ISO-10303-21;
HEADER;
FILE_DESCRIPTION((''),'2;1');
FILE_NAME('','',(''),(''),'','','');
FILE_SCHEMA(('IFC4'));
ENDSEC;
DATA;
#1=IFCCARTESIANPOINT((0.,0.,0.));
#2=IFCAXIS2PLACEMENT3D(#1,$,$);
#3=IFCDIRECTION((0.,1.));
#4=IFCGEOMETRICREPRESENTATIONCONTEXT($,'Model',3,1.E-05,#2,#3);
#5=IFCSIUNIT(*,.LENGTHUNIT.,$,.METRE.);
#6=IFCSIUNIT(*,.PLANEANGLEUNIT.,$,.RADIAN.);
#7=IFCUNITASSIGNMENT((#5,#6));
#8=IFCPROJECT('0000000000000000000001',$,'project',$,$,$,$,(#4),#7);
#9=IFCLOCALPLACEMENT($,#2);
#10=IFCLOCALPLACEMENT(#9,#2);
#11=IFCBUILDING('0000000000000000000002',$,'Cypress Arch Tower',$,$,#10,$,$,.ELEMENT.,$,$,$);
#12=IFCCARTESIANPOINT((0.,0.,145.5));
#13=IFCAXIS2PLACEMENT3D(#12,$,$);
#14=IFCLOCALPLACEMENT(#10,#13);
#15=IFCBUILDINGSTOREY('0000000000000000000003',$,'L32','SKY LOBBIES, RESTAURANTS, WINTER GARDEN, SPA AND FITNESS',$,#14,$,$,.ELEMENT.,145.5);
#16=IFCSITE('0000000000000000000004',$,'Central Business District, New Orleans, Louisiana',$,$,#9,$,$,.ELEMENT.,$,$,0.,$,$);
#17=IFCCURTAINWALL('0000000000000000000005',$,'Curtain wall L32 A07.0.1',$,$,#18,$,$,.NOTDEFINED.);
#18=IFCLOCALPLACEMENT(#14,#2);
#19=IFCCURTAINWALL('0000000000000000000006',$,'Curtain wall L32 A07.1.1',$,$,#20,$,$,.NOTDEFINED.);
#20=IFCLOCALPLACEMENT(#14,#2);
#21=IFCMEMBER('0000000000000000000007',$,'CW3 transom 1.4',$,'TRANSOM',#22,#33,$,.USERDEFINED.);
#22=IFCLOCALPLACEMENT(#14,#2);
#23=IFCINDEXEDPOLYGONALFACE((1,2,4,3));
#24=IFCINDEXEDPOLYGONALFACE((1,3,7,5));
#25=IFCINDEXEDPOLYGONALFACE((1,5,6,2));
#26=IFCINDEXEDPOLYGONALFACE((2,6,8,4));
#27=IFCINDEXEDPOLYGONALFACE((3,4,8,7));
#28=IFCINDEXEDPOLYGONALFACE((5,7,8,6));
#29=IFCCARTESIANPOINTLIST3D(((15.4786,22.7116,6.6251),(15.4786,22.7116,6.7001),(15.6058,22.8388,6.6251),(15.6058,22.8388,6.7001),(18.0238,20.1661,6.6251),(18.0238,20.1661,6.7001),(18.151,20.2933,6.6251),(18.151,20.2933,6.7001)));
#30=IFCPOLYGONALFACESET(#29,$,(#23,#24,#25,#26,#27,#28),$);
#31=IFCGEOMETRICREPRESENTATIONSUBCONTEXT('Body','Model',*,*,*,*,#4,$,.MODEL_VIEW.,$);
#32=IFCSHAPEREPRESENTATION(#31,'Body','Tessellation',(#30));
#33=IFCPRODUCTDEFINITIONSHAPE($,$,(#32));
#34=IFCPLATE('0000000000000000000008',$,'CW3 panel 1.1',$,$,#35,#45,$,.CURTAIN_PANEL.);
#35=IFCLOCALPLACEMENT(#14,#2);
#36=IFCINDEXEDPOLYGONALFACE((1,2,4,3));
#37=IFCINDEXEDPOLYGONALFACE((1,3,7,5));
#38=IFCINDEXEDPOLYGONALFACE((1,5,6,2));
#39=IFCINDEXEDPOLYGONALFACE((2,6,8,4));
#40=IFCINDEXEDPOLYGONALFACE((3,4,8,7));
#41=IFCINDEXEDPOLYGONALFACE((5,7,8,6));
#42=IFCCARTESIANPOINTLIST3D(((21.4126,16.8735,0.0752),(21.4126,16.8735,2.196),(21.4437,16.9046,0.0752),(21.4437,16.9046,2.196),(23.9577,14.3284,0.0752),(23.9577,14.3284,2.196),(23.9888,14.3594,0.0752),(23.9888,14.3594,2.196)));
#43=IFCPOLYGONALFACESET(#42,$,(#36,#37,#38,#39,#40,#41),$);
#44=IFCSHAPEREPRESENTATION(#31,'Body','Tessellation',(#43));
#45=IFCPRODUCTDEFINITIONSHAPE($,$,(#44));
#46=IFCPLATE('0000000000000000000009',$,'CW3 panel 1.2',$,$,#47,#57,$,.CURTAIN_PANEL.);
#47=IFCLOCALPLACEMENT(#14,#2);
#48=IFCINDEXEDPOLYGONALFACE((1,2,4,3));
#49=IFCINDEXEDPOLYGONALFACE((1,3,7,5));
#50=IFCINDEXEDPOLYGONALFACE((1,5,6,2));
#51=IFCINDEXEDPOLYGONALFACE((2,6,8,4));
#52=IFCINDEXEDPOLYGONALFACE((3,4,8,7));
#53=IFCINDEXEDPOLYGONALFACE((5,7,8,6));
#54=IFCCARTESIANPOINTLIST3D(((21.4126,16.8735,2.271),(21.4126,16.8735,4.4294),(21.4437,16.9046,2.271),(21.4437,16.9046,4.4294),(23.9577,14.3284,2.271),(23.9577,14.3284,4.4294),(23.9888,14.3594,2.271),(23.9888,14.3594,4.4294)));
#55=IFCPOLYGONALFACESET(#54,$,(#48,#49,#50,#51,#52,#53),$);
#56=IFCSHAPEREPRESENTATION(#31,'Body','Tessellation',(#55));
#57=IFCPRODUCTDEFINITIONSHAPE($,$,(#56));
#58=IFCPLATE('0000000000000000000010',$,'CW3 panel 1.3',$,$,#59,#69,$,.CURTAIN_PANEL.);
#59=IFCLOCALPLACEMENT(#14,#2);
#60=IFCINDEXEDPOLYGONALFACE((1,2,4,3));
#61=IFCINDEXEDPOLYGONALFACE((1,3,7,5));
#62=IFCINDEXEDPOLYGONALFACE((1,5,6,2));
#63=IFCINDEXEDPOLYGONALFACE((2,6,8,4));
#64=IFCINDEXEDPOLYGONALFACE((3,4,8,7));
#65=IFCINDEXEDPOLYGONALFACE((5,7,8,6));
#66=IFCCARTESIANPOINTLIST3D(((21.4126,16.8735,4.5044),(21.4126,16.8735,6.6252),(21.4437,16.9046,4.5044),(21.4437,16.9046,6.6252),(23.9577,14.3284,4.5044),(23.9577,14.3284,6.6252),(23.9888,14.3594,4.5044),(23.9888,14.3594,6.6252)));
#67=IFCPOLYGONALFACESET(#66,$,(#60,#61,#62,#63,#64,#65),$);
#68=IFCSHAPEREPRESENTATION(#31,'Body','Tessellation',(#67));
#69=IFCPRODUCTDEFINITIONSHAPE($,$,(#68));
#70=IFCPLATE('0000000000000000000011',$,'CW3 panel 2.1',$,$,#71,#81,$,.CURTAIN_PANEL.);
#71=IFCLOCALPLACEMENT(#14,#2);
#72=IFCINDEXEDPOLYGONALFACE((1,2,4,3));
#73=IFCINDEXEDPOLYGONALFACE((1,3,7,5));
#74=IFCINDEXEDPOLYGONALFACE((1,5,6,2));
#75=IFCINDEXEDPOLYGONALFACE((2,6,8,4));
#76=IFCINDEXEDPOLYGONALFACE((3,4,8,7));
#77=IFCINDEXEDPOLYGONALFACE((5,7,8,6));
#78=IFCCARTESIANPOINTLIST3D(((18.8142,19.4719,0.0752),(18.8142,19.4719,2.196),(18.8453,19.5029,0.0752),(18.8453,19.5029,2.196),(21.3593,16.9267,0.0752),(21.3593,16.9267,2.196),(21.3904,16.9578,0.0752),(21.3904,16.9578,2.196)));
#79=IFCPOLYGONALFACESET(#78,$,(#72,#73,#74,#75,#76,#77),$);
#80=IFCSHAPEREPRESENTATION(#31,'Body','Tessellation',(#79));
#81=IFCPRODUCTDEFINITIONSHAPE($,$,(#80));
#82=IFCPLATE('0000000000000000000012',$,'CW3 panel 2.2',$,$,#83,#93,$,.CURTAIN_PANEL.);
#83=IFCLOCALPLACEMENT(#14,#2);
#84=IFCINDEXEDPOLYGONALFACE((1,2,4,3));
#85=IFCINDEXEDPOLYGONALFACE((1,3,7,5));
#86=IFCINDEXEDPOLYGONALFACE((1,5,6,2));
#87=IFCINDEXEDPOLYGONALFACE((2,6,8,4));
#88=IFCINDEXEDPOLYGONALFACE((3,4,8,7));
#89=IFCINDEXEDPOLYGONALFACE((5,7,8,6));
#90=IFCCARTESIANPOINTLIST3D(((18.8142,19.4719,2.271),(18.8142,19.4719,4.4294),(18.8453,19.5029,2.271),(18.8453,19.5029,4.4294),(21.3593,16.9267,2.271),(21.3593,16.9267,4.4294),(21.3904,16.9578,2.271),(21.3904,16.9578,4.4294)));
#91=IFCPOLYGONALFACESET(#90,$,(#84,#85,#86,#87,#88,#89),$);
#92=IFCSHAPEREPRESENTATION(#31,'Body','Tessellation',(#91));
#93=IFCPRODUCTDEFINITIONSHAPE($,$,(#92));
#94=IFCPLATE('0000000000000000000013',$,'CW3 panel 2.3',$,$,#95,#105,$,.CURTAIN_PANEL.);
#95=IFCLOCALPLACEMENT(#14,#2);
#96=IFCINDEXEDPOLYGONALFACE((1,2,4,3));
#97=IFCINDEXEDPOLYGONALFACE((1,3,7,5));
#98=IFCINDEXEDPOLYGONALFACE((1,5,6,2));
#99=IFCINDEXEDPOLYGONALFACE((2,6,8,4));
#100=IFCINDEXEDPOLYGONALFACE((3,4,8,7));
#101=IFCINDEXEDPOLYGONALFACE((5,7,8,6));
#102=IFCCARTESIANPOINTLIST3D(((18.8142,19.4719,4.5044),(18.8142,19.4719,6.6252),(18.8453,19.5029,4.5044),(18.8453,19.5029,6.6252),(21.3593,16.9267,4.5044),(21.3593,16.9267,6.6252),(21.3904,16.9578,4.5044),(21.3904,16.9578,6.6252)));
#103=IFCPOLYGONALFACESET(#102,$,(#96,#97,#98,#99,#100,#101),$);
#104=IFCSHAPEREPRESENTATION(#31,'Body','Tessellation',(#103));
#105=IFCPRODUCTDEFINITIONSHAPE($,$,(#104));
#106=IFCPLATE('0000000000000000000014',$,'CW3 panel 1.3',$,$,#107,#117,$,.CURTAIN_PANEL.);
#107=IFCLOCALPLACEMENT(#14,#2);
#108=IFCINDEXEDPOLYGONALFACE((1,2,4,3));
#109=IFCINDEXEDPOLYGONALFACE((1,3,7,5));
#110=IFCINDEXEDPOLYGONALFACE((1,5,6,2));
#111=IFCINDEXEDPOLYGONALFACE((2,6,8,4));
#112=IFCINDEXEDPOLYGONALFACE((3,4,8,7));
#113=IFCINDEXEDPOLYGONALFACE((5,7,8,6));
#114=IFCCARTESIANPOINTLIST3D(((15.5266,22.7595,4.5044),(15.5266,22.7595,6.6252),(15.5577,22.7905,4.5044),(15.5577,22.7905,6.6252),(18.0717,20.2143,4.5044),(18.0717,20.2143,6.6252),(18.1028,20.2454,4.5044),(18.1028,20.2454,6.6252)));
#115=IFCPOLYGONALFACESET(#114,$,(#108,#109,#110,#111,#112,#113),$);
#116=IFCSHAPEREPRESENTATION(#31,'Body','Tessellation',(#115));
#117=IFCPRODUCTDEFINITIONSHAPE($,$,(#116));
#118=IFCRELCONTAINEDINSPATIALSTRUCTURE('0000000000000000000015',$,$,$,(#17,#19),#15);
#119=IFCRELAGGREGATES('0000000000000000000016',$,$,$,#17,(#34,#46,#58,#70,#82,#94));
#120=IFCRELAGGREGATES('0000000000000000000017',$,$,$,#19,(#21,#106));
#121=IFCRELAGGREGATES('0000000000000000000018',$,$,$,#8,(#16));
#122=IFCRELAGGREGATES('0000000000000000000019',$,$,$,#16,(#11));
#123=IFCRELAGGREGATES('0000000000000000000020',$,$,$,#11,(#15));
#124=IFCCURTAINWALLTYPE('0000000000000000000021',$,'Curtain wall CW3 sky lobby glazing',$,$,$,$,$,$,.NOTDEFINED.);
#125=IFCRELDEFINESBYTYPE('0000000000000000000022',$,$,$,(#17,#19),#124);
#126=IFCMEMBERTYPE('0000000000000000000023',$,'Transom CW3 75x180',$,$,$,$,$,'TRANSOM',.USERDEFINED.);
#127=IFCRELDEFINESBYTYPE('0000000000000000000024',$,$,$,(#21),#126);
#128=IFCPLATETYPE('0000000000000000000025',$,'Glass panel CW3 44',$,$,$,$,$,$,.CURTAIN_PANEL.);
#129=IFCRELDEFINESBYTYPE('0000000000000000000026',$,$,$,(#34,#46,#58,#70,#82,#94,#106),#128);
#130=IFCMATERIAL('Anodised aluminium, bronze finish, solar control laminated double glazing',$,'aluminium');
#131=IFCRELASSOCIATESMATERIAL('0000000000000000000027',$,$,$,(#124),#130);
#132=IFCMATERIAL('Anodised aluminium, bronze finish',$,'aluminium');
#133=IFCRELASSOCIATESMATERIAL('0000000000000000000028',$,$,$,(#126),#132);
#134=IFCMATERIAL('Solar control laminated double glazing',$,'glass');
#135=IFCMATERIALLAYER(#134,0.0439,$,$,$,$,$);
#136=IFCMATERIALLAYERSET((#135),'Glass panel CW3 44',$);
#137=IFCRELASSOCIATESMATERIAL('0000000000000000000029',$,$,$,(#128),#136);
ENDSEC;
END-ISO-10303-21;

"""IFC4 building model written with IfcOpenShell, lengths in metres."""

from ifc_helpers import new_model, si_unit, direction, frame, origin, origin_2d, place, context, subcontext, project, spatial, rectangle, extrude, material, layer, layer_set, material_profile, profile_set, type_object, element, aggregate, save


model = new_model("IFC4")

# Units and contexts
model_context = context("Model", 3, precision=1e-05, world=origin(), true_north=direction((0.0, 1.0)))
body_context = subcontext(model_context, "Body", "Model", "MODEL_VIEW")
ifc_project = project(units=[si_unit("LENGTHUNIT", "METRE"), si_unit("PLANEANGLEUNIT", "RADIAN")], contexts=[model_context])

# Site, building, storey
site_placement = place(None, origin())
site = spatial("IfcSite", under=ifc_project, at=site_placement, Name="Central Business District, New Orleans, Louisiana", CompositionType="ELEMENT", RefElevation=0.0)
building_placement = place(site_placement, origin())
building = spatial("IfcBuilding", under=site, at=building_placement, Name="Cypress Arch Tower", CompositionType="ELEMENT")
storey_placement = place(building_placement, frame((0.0, 0.0, 145.5)))
storey = spatial("IfcBuildingStorey", under=building, at=storey_placement, Name="L32", Description="SKY LOBBIES, RESTAURANTS, WINTER GARDEN, SPA AND FITNESS", CompositionType="ELEMENT", Elevation=145.5)

# Curtain wall
ifc_material_1 = material(Name="Anodised aluminium, bronze finish, solar control laminated double glazing", Category="aluminium")
curtain_wall_type = type_object("IfcCurtainWallType", Name="Curtain wall CW3 sky lobby glazing", PredefinedType="NOTDEFINED", material=ifc_material_1)
curtain_wall_1_placement = place(storey_placement, origin())
curtain_wall_1 = element("IfcCurtainWall", 1, at=curtain_wall_1_placement, inside=storey, type_object=curtain_wall_type, Name="Curtain wall L32 A07.0.1", PredefinedType="NOTDEFINED")

# Curtain wall
curtain_wall_2_placement = place(storey_placement, origin())
curtain_wall_2 = element("IfcCurtainWall", 2, at=curtain_wall_2_placement, inside=storey, type_object=curtain_wall_type, Name="Curtain wall L32 A07.1.1", PredefinedType="NOTDEFINED")

# Member
ifc_material_2 = material(Name="Anodised aluminium, bronze finish", Category="aluminium")
ifc_material_profile_1 = material_profile(ifc_material_2, rectangle(XDim=0.1799, YDim=0.075, at=origin_2d()), Name="Transom 75x180")
ifc_profile_set_1 = profile_set([ifc_material_profile_1], Name="Anodised aluminium, bronze finish")
member_type_1 = type_object("IfcMemberType", Name="Transom CW3 75x180", ElementType="TRANSOM", PredefinedType="USERDEFINED", material=ifc_profile_set_1)
member_1_placement = place(storey_placement, frame((18.0874, 20.2297, 6.6626), z_axis=(-0.707073, 0.707141, 0.0), x_axis=(-0.707141, -0.707073, 0.0)))
member_1 = element("IfcMember", 3, at=member_1_placement, type_object=member_type_1, Name="CW3 transom 1.4", ObjectType="TRANSOM", PredefinedType="USERDEFINED", context=body_context, shape_type="SweptSolid", body=[
    extrude(rectangle(XDim=0.1799, YDim=0.075, at=origin_2d()), origin(), (0.0, 0.0, 1.0), 3.5996),
])

# Plates
ifc_material_3 = material(Name="Solar control laminated double glazing", Category="glass")
ifc_layer = layer(ifc_material_3, 0.0439)
ifc_layer_set = layer_set([ifc_layer], Name="Glass panel CW3 44")
plate_type = type_object("IfcPlateType", Name="Glass panel CW3 44", PredefinedType="CURTAIN_PANEL", material=ifc_layer_set)
plate_1_placement = place(storey_placement, frame((22.7007, 15.6165, 0.0752), z_axis=(0.0, 0.0, 1.0), x_axis=(-0.707107, 0.707107, 0.0)))
plate_1 = element("IfcPlate", 4, at=plate_1_placement, type_object=plate_type, Name="CW3 panel 1.1", PredefinedType="CURTAIN_PANEL", context=body_context, shape_type="SweptSolid", body=[
    extrude(rectangle(XDim=3.5994, YDim=0.0439, at=origin_2d()), origin(), (0.0, 0.0, 1.0), 2.1208),
])
plate_2_placement = place(storey_placement, frame((22.7007, 15.6165, 2.271), z_axis=(0.0, 0.0, 1.0), x_axis=(-0.707107, 0.707107, 0.0)))
plate_2 = element("IfcPlate", 5, at=plate_2_placement, type_object=plate_type, Name="CW3 panel 1.2", PredefinedType="CURTAIN_PANEL", context=body_context, shape_type="SweptSolid", body=[
    extrude(rectangle(XDim=3.5994, YDim=0.0439, at=origin_2d()), origin(), (0.0, 0.0, 1.0), 2.1584),
])
plate_3_placement = place(storey_placement, frame((22.7007, 15.6165, 4.5044), z_axis=(0.0, 0.0, 1.0), x_axis=(-0.707107, 0.707107, 0.0)))
plate_3 = element("IfcPlate", 6, at=plate_3_placement, type_object=plate_type, Name="CW3 panel 1.3", PredefinedType="CURTAIN_PANEL", context=body_context, shape_type="SweptSolid", body=[
    extrude(rectangle(XDim=3.5994, YDim=0.0439, at=origin_2d()), origin(), (0.0, 0.0, 1.0), 2.1208),
])
plate_4_placement = place(storey_placement, frame((20.1023, 18.2148, 0.0752), z_axis=(0.0, 0.0, 1.0), x_axis=(-0.707107, 0.707107, 0.0)))
plate_4 = element("IfcPlate", 7, at=plate_4_placement, type_object=plate_type, Name="CW3 panel 2.1", PredefinedType="CURTAIN_PANEL", context=body_context, shape_type="SweptSolid", body=[
    extrude(rectangle(XDim=3.5994, YDim=0.0439, at=origin_2d()), origin(), (0.0, 0.0, 1.0), 2.1208),
])
plate_5_placement = place(storey_placement, frame((20.1023, 18.2148, 2.271), z_axis=(0.0, 0.0, 1.0), x_axis=(-0.707107, 0.707107, 0.0)))
plate_5 = element("IfcPlate", 8, at=plate_5_placement, type_object=plate_type, Name="CW3 panel 2.2", PredefinedType="CURTAIN_PANEL", context=body_context, shape_type="SweptSolid", body=[
    extrude(rectangle(XDim=3.5994, YDim=0.0439, at=origin_2d()), origin(), (0.0, 0.0, 1.0), 2.1584),
])
plate_6_placement = place(storey_placement, frame((20.1023, 18.2148, 4.5044), z_axis=(0.0, 0.0, 1.0), x_axis=(-0.707107, 0.707107, 0.0)))
plate_6 = element("IfcPlate", 9, at=plate_6_placement, type_object=plate_type, Name="CW3 panel 2.3", PredefinedType="CURTAIN_PANEL", context=body_context, shape_type="SweptSolid", body=[
    extrude(rectangle(XDim=3.5994, YDim=0.0439, at=origin_2d()), origin(), (0.0, 0.0, 1.0), 2.1208),
])
aggregate(curtain_wall_1, [plate_1, plate_2, plate_3, plate_4, plate_5, plate_6])
plate_7_placement = place(storey_placement, frame((16.8147, 21.5024, 4.5044), z_axis=(0.0, 0.0, 1.0), x_axis=(-0.707107, 0.707107, 0.0)))
plate_7 = element("IfcPlate", 10, at=plate_7_placement, type_object=plate_type, Name="CW3 panel 1.3", PredefinedType="CURTAIN_PANEL", context=body_context, shape_type="SweptSolid", body=[
    extrude(rectangle(XDim=3.5994, YDim=0.0439, at=origin_2d()), origin(), (0.0, 0.0, 1.0), 2.1208),
])
aggregate(curtain_wall_2, [member_1, plate_7])

save(model, "model.ifc")
